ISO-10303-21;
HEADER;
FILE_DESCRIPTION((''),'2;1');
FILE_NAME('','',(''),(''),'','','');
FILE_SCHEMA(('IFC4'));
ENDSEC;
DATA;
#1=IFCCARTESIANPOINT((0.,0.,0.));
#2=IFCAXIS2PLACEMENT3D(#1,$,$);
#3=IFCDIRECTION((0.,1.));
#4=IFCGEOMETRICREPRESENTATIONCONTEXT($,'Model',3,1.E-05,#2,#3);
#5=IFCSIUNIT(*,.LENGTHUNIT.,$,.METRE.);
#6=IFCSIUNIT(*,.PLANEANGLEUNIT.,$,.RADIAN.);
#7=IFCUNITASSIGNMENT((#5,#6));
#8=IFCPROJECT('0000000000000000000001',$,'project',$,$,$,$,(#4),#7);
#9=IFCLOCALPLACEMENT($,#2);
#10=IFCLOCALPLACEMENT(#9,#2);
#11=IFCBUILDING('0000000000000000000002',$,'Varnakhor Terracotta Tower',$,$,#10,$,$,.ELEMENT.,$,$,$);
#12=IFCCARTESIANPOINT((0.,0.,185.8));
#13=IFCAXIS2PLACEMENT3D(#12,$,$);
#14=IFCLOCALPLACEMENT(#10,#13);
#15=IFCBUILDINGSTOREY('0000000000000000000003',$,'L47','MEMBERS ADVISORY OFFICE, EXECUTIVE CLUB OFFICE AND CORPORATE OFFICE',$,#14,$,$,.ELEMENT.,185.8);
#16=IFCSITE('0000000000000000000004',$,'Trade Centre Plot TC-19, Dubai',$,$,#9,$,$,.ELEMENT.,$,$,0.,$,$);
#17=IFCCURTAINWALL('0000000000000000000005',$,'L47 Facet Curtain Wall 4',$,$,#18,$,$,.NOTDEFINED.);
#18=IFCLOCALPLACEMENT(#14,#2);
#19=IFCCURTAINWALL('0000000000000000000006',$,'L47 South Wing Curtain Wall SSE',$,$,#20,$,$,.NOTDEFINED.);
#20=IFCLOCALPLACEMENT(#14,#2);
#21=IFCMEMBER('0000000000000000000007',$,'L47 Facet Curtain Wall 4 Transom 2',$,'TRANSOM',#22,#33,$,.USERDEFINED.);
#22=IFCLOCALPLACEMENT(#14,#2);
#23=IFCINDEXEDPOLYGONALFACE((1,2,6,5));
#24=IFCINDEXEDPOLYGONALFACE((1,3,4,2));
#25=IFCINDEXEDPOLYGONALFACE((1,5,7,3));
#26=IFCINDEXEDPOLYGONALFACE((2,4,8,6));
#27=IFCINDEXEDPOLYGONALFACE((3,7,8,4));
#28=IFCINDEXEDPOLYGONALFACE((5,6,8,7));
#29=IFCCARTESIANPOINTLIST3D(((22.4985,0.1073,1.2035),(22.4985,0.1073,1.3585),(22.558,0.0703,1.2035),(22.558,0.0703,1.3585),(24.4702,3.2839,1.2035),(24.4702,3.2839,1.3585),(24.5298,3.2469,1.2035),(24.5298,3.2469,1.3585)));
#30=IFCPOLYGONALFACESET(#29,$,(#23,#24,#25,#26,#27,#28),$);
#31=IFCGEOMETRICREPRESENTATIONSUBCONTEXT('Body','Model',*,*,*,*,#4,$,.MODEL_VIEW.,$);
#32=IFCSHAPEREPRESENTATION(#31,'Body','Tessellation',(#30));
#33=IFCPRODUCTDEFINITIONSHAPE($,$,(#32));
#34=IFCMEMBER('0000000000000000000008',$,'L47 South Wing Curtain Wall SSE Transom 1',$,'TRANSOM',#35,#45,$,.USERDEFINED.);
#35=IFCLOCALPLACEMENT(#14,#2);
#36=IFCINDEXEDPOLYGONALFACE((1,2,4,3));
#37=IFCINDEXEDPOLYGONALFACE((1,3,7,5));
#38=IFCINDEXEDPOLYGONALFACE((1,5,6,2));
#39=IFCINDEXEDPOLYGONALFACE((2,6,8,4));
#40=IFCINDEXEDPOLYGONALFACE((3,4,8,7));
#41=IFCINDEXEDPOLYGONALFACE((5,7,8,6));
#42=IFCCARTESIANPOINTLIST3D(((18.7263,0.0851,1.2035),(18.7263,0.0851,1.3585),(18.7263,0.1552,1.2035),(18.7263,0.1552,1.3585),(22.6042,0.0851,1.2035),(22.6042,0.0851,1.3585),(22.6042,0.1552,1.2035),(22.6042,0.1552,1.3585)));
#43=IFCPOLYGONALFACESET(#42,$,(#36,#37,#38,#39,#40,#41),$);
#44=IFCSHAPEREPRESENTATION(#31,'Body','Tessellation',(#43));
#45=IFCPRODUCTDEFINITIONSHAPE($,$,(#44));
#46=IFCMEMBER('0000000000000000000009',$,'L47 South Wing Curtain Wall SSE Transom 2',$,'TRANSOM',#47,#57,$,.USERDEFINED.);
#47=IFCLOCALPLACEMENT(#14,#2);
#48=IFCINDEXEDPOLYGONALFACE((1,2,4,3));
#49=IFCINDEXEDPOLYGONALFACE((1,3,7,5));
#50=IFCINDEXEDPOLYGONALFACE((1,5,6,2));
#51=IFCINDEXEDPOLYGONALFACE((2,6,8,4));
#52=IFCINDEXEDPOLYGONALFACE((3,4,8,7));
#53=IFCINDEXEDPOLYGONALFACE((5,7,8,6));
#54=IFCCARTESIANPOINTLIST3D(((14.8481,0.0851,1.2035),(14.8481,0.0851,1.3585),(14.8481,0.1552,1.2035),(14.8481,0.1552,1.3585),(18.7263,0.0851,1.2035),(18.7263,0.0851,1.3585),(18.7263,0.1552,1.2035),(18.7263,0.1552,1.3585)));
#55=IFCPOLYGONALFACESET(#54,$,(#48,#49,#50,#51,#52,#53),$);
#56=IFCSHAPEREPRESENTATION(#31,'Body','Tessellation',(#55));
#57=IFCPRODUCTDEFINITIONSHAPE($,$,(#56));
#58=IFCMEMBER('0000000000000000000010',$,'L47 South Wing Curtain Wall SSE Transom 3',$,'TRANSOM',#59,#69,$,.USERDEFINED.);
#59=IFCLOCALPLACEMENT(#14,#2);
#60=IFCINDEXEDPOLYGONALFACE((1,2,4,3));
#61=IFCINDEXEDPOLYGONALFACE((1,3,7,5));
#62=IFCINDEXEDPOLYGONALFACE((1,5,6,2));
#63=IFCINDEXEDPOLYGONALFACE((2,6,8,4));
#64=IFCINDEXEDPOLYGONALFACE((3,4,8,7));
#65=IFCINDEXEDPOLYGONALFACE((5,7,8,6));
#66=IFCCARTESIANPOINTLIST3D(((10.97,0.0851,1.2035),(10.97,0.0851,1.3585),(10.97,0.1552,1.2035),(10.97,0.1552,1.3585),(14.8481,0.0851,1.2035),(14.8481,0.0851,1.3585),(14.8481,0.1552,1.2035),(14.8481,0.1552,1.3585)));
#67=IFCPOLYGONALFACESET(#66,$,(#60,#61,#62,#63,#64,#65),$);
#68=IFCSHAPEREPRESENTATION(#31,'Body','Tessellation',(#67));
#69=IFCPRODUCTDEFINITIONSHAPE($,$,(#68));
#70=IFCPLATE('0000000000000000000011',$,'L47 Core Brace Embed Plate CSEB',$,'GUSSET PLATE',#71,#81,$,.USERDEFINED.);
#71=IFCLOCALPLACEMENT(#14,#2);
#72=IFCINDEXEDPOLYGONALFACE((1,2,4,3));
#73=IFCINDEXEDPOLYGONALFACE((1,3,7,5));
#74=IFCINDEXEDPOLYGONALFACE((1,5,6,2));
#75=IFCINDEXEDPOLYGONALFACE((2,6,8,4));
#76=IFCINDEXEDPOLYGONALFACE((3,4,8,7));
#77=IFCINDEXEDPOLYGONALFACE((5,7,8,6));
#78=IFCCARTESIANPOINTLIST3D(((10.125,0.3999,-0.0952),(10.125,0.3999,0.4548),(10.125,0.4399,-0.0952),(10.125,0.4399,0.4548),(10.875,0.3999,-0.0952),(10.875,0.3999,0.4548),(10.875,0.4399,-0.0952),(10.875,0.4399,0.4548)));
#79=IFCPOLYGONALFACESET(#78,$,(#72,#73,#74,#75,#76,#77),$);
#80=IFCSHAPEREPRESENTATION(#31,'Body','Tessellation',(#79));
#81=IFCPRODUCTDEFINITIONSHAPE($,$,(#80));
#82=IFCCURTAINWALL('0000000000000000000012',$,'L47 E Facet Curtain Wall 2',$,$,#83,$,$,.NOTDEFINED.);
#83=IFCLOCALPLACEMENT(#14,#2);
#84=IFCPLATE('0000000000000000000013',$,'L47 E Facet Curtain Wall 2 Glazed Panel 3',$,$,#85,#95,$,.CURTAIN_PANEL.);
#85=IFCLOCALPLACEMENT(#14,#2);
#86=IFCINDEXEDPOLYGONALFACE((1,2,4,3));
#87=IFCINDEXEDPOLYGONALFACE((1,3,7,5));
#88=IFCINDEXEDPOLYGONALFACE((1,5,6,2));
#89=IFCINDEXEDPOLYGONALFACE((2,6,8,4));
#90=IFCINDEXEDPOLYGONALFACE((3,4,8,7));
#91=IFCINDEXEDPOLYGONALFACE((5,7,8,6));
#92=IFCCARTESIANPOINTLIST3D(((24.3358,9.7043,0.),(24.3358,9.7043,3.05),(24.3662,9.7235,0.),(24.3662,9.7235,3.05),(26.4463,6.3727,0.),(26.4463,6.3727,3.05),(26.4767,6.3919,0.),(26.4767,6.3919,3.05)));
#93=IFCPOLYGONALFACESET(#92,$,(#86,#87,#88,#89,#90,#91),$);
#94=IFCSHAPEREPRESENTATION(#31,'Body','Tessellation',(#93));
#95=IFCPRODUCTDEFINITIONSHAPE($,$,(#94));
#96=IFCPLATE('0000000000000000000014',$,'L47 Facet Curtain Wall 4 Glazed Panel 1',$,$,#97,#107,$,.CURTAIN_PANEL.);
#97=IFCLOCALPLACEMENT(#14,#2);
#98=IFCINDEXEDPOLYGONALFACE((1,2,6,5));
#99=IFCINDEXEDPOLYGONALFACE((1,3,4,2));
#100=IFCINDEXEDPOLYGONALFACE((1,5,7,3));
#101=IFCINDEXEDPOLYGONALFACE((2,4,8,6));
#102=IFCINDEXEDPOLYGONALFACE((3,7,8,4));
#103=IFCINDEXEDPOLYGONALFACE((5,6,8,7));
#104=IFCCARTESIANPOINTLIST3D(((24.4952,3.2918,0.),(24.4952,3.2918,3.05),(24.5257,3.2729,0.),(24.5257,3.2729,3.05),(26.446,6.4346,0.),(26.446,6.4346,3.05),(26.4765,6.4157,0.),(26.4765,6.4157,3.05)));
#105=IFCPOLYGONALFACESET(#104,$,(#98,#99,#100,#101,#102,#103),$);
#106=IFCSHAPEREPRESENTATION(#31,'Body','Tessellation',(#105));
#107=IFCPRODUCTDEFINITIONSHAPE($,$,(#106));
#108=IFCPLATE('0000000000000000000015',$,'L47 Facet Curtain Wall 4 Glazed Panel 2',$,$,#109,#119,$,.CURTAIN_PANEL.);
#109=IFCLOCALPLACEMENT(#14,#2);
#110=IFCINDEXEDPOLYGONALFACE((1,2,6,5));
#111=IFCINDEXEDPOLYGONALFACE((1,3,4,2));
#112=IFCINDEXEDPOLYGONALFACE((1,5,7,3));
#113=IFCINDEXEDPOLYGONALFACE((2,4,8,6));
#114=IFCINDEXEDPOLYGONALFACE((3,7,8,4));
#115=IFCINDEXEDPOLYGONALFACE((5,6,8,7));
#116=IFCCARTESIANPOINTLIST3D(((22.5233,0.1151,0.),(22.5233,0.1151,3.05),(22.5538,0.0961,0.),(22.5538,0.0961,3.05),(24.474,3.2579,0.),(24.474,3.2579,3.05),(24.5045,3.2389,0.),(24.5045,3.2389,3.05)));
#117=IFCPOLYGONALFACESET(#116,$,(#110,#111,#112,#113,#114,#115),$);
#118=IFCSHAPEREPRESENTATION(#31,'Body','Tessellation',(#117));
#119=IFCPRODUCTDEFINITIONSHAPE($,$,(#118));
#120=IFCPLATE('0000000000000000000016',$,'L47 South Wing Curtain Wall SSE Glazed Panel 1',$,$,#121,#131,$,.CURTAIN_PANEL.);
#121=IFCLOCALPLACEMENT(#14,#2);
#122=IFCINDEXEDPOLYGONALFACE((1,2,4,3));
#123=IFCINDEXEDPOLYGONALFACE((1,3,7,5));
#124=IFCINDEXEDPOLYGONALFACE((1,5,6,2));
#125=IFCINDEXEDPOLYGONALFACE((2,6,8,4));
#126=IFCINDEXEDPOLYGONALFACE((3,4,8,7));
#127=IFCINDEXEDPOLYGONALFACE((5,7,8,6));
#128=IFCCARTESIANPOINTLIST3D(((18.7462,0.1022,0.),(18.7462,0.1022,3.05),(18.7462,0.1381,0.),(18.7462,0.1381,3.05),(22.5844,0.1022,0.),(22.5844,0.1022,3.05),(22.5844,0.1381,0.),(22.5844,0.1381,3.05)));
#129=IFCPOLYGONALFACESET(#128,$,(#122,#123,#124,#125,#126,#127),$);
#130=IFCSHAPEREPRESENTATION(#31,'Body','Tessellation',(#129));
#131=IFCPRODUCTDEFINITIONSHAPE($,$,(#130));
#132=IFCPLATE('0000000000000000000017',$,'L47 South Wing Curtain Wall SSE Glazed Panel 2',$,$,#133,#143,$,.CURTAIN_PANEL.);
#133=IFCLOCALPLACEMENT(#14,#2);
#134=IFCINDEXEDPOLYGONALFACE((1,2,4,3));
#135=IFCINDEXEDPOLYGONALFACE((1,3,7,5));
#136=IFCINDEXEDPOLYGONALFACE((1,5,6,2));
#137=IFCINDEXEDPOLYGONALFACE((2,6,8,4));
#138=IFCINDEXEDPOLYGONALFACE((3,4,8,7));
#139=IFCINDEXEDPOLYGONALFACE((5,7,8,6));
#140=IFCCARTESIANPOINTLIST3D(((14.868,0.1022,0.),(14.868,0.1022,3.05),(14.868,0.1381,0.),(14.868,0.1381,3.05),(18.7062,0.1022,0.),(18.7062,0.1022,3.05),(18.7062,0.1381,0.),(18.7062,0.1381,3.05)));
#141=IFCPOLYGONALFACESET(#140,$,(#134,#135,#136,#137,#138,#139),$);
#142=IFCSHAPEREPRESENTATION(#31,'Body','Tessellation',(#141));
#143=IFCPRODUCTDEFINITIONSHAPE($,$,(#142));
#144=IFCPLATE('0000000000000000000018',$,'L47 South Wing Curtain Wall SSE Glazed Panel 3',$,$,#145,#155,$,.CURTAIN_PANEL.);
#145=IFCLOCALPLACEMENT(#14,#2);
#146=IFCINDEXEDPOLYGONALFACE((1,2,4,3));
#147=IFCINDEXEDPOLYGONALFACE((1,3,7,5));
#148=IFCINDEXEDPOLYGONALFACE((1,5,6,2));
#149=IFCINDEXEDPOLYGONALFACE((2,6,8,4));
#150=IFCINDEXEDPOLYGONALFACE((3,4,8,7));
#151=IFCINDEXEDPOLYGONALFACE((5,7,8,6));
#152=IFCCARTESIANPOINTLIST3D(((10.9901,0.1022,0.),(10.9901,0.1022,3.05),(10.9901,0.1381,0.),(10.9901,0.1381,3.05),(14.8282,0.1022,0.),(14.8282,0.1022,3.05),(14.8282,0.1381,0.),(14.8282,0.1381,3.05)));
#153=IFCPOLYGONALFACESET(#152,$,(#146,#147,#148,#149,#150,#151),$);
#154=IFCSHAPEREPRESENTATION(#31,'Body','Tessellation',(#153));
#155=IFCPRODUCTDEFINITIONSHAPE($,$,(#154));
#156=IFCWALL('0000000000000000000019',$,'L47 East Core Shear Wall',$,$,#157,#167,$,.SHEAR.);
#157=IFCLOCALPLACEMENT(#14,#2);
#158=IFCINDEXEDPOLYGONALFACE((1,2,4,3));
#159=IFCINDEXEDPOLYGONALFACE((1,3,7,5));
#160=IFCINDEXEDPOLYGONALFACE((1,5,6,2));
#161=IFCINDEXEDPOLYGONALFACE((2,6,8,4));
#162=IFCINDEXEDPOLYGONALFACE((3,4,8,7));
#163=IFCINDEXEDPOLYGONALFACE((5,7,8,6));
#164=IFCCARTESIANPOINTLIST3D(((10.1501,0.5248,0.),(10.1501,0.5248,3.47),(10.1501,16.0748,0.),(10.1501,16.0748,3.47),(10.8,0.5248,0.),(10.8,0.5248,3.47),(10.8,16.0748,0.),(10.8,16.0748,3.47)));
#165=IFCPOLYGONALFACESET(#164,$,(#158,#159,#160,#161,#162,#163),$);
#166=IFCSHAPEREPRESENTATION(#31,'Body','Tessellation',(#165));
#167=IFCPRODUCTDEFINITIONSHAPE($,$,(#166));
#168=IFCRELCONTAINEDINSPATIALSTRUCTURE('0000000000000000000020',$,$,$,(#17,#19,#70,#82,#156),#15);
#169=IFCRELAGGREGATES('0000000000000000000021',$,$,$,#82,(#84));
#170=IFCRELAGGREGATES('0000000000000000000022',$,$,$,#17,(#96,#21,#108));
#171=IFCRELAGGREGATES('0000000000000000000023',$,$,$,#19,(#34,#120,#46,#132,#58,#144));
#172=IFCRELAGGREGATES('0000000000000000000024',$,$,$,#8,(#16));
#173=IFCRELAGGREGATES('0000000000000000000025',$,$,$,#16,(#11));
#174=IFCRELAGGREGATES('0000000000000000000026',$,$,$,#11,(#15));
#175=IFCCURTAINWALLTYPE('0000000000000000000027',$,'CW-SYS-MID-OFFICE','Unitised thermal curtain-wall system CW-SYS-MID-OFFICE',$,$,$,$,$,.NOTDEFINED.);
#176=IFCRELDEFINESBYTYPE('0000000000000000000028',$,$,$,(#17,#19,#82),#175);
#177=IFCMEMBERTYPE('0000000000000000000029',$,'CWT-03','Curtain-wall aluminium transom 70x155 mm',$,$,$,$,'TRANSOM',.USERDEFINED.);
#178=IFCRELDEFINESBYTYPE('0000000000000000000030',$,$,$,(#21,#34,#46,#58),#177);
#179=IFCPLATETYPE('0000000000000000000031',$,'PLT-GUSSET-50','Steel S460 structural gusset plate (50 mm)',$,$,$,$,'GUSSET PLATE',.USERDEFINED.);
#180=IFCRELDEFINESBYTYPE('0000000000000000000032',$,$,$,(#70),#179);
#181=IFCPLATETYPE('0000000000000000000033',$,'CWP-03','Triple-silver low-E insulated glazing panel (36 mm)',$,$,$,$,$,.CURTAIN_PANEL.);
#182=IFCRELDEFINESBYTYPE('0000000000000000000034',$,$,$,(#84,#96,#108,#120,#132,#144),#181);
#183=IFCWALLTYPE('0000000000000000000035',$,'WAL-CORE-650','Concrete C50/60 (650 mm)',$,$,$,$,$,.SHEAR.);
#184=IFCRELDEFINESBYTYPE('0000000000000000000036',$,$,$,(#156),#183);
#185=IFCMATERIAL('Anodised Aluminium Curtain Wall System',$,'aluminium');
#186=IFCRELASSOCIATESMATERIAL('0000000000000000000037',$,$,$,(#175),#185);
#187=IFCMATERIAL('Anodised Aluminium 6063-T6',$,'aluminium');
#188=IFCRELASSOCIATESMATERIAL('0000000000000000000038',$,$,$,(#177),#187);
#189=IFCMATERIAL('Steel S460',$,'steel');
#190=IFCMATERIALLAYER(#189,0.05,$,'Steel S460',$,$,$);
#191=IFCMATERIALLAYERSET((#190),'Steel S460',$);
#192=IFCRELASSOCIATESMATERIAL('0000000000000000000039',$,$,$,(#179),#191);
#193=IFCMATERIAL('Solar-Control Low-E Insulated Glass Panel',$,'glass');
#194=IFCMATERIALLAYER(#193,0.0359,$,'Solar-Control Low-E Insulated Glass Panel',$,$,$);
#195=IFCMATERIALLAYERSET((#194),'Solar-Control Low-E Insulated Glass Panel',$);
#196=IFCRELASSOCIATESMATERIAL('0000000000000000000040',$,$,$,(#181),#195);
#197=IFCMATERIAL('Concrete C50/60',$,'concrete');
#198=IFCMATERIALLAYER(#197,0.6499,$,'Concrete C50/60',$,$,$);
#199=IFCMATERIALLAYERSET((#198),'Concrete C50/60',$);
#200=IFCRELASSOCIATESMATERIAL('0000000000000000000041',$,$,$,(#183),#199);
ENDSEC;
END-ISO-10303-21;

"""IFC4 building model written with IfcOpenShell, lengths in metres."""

from ifc_helpers import new_model, si_unit, direction, frame, frame_2d, origin, origin_2d, place, context, subcontext, project, spatial, rectangle, extrude, source, transform, mapped, material, layer, layer_set, material_profile, profile_set, type_object, type_shapes, element, aggregate, save


model = new_model("IFC4")

# Units and contexts
model_context = context("Model", 3, precision=1e-05, world=origin(), true_north=direction((0.0, 1.0)))
body_context = subcontext(model_context, "Body", "Model", "MODEL_VIEW")
ifc_project = project(units=[si_unit("LENGTHUNIT", "METRE"), si_unit("PLANEANGLEUNIT", "RADIAN")], contexts=[model_context])

# Site, building, storey
site_placement = place(None, origin())
site = spatial("IfcSite", under=ifc_project, at=site_placement, Name="Trade Centre Plot TC-19, Dubai", CompositionType="ELEMENT", RefElevation=0.0)
building_placement = place(site_placement, origin())
building = spatial("IfcBuilding", under=site, at=building_placement, Name="Varnakhor Terracotta Tower", CompositionType="ELEMENT")
storey_placement = place(building_placement, frame((0.0, 0.0, 185.8)))
storey = spatial("IfcBuildingStorey", under=building, at=storey_placement, Name="L47", Description="MEMBERS ADVISORY OFFICE, EXECUTIVE CLUB OFFICE AND CORPORATE OFFICE", CompositionType="ELEMENT", Elevation=185.8)

# Shared definitions
ifc_material_1 = material(Name="Concrete C50/60", Category="concrete")
ifc_material_2 = material(Name="Steel S460", Category="steel")

# Curtain walls
ifc_material_3 = material(Name="Anodised Aluminium Curtain Wall System", Category="aluminium")
curtain_wall_type = type_object("IfcCurtainWallType", Name="CW-SYS-MID-OFFICE", Description="Unitised thermal curtain-wall system CW-SYS-MID-OFFICE", PredefinedType="NOTDEFINED", material=ifc_material_3)
curtain_wall_1_placement = place(storey_placement, origin())
curtain_wall_1 = element("IfcCurtainWall", 1, at=curtain_wall_1_placement, inside=storey, type_object=curtain_wall_type, Name="L47 Facet Curtain Wall 4", PredefinedType="NOTDEFINED")
ifc_material_4 = material(Name="Anodised Aluminium 6063-T6", Category="aluminium")
curtain_wall_2_placement = place(storey_placement, origin())
curtain_wall_2 = element("IfcCurtainWall", 2, at=curtain_wall_2_placement, inside=storey, type_object=curtain_wall_type, Name="L47 South Wing Curtain Wall SSE", PredefinedType="NOTDEFINED")

# Members
ifc_material_profile_1 = material_profile(ifc_material_4, rectangle(XDim=0.0701, YDim=0.155, at=origin_2d()), Name="ALU TRANSOM 70x155")
ifc_profile_set_1 = profile_set([ifc_material_profile_1], Name="Anodised Aluminium 6063-T6")
member_type_1 = type_object("IfcMemberType", Name="CWT-03", Description="Curtain-wall aluminium transom 70x155 mm", ElementType="TRANSOM", PredefinedType="USERDEFINED", material=ifc_profile_set_1)
shared_shape_1 = source(origin(), body_context, "Body", "SweptSolid", [
    extrude(rectangle(XDim=0.0701, YDim=0.155, at=origin_2d()), origin(), (0.0, 0.0, 1.0), 3.7388),
])
member_1_placement = place(storey_placement, frame((24.5, 3.2654, 1.281), z_axis=(-0.527373, -0.849634, 0.0), x_axis=(0.849634, -0.527373, 0.0)))
member_1 = element("IfcMember", 3, at=member_1_placement, type_object=member_type_1, Name="L47 Facet Curtain Wall 4 Transom 2", ObjectType="TRANSOM", PredefinedType="USERDEFINED", context=body_context, shape_type="MappedRepresentation", body=[
    mapped(shared_shape_1, transform((0.0, 0.0, 0.0), scale=1.0)),
])
shared_shape_2 = source(origin(), body_context, "Body", "SweptSolid", [
    extrude(rectangle(XDim=0.0701, YDim=0.155, at=origin_2d()), origin(), (0.0, 0.0, 1.0), 3.8779),
])
member_2_placement = place(storey_placement, frame((22.6042, 0.1201, 1.281), z_axis=(-1.0, 0.0, 0.0), x_axis=(0.0, -1.0, 0.0)))
member_2 = element("IfcMember", 4, at=member_2_placement, type_object=member_type_1, Name="L47 South Wing Curtain Wall SSE Transom 1", ObjectType="TRANSOM", PredefinedType="USERDEFINED", context=body_context, shape_type="MappedRepresentation", body=[
    mapped(shared_shape_2, transform((0.0, 0.0, 0.0), scale=1.0)),
])
shared_shape_3 = source(origin(), body_context, "Body", "SweptSolid", [
    extrude(rectangle(XDim=0.0701, YDim=0.155, at=origin_2d()), origin(), (0.0, 0.0, 1.0), 3.8782),
])
member_3_placement = place(storey_placement, frame((18.7263, 0.1201, 1.281), z_axis=(-1.0, 0.0, 0.0), x_axis=(0.0, -1.0, 0.0)))
member_3 = element("IfcMember", 5, at=member_3_placement, type_object=member_type_1, Name="L47 South Wing Curtain Wall SSE Transom 2", ObjectType="TRANSOM", PredefinedType="USERDEFINED", context=body_context, shape_type="MappedRepresentation", body=[
    mapped(shared_shape_3, transform((0.0, 0.0, 0.0), scale=1.0)),
])
member_4_placement = place(storey_placement, frame((14.8481, 0.1201, 1.281), z_axis=(-1.0, 0.0, 0.0), x_axis=(0.0, -1.0, 0.0)))
member_4 = element("IfcMember", 6, at=member_4_placement, type_object=member_type_1, Name="L47 South Wing Curtain Wall SSE Transom 3", ObjectType="TRANSOM", PredefinedType="USERDEFINED", context=body_context, shape_type="MappedRepresentation", body=[
    mapped(shared_shape_3, transform((0.0, 0.0, 0.0), scale=1.0)),
])

# Plate
ifc_layer_1 = layer(ifc_material_2, 0.05, Name="Steel S460")
ifc_layer_set_1 = layer_set([ifc_layer_1], Name="Steel S460")
plate_type_1 = type_object("IfcPlateType", Name="PLT-GUSSET-50", Description="Steel S460 structural gusset plate (50 mm)", ElementType="GUSSET PLATE", PredefinedType="USERDEFINED", material=ifc_layer_set_1)
shared_shape_4 = source(origin(), body_context, "Body", "SweptSolid", [
    extrude(rectangle(XDim=0.75, YDim=0.04, at=origin_2d()), origin(), (0.0, 0.0, 1.0), 0.55),
])
type_shapes(plate_type_1, [shared_shape_4])
plate_1_placement = place(storey_placement, frame((10.5, 0.4199, -0.0952), z_axis=(0.0, 0.0, 1.0), x_axis=(1.0, 0.0, 0.0)))
element("IfcPlate", 7, at=plate_1_placement, inside=storey, type_object=plate_type_1, Name="L47 Core Brace Embed Plate CSEB", ObjectType="GUSSET PLATE", PredefinedType="USERDEFINED", context=body_context, shape_type="MappedRepresentation", body=[
    mapped(shared_shape_4, transform((0.0, 0.0, 0.0), scale=1.0)),
])

# Curtain wall, plate
curtain_wall_3_placement = place(storey_placement, origin())
curtain_wall_3 = element("IfcCurtainWall", 8, at=curtain_wall_3_placement, inside=storey, type_object=curtain_wall_type, Name="L47 E Facet Curtain Wall 2", PredefinedType="NOTDEFINED")
ifc_material_5 = material(Name="Solar-Control Low-E Insulated Glass Panel", Category="glass")
ifc_layer_2 = layer(ifc_material_5, 0.0359, Name="Solar-Control Low-E Insulated Glass Panel")
ifc_layer_set_2 = layer_set([ifc_layer_2], Name="Solar-Control Low-E Insulated Glass Panel")
plate_type_2 = type_object("IfcPlateType", Name="CWP-03", Description="Triple-silver low-E insulated glazing panel (36 mm)", PredefinedType="CURTAIN_PANEL", material=ifc_layer_set_2)
shared_shape_5 = source(origin(), body_context, "Body", "SweptSolid", [
    extrude(rectangle(XDim=3.9438, YDim=0.0359, at=origin_2d()), origin(), (0.0, 0.0, 1.0), 3.05),
])
plate_2_placement = place(storey_placement, frame((25.4062, 8.0481, 0.0), z_axis=(0.0, 0.0, 1.0), x_axis=(0.535134, -0.844767, 0.0)))
plate_2 = element("IfcPlate", 9, at=plate_2_placement, type_object=plate_type_2, Name="L47 E Facet Curtain Wall 2 Glazed Panel 3", PredefinedType="CURTAIN_PANEL", context=body_context, shape_type="MappedRepresentation", body=[
    mapped(shared_shape_5, transform((0.0, 0.0, 0.0), scale=1.0)),
])
aggregate(curtain_wall_3, [plate_2])

# Plates
shared_shape_6 = source(origin(), body_context, "Body", "SweptSolid", [
    extrude(rectangle(XDim=3.699, YDim=0.0359, at=origin_2d()), origin(), (0.0, 0.0, 1.0), 3.05),
])
plate_3_placement = place(storey_placement, frame((25.4858, 4.8538, 0.0), z_axis=(0.0, 0.0, 1.0), x_axis=(-0.527371, -0.849635, 0.0)))
plate_3 = element("IfcPlate", 10, at=plate_3_placement, type_object=plate_type_2, Name="L47 Facet Curtain Wall 4 Glazed Panel 1", PredefinedType="CURTAIN_PANEL", context=body_context, shape_type="MappedRepresentation", body=[
    mapped(shared_shape_6, transform((0.0, 0.0, 0.0), scale=1.0)),
])
plate_4_placement = place(storey_placement, frame((23.5139, 1.677, 0.0), z_axis=(0.0, 0.0, 1.0), x_axis=(-0.527371, -0.849635, 0.0)))
plate_4 = element("IfcPlate", 11, at=plate_4_placement, type_object=plate_type_2, Name="L47 Facet Curtain Wall 4 Glazed Panel 2", PredefinedType="CURTAIN_PANEL", context=body_context, shape_type="MappedRepresentation", body=[
    mapped(shared_shape_6, transform((0.0, 0.0, 0.0), scale=1.0)),
])
aggregate(curtain_wall_1, [plate_3, member_1, plate_4])
shared_shape_7 = source(origin(), body_context, "Body", "SweptSolid", [
    extrude(rectangle(XDim=3.8381, YDim=0.0359, at=origin_2d()), origin(), (0.0, 0.0, 1.0), 3.05),
])
plate_5_placement = place(storey_placement, frame((20.6653, 0.1201, 0.0), z_axis=(0.0, 0.0, 1.0), x_axis=(-1.0, 0.0, 0.0)))
plate_5 = element("IfcPlate", 12, at=plate_5_placement, type_object=plate_type_2, Name="L47 South Wing Curtain Wall SSE Glazed Panel 1", PredefinedType="CURTAIN_PANEL", context=body_context, shape_type="MappedRepresentation", body=[
    mapped(shared_shape_7, transform((0.0, 0.0, 0.0), scale=1.0)),
])
plate_6_placement = place(storey_placement, frame((16.7871, 0.1201, 0.0), z_axis=(0.0, 0.0, 1.0), x_axis=(-1.0, 0.0, 0.0)))
plate_6 = element("IfcPlate", 13, at=plate_6_placement, type_object=plate_type_2, Name="L47 South Wing Curtain Wall SSE Glazed Panel 2", PredefinedType="CURTAIN_PANEL", context=body_context, shape_type="MappedRepresentation", body=[
    mapped(shared_shape_7, transform((0.0, 0.0, 0.0), scale=1.0)),
])
plate_7_placement = place(storey_placement, frame((12.9092, 0.1201, 0.0), z_axis=(0.0, 0.0, 1.0), x_axis=(-1.0, 0.0, 0.0)))
plate_7 = element("IfcPlate", 14, at=plate_7_placement, type_object=plate_type_2, Name="L47 South Wing Curtain Wall SSE Glazed Panel 3", PredefinedType="CURTAIN_PANEL", context=body_context, shape_type="MappedRepresentation", body=[
    mapped(shared_shape_7, transform((0.0, 0.0, 0.0), scale=1.0)),
])
aggregate(curtain_wall_2, [member_2, plate_5, member_3, plate_6, member_4, plate_7])

# Wall
ifc_layer_3 = layer(ifc_material_1, 0.6499, Name="Concrete C50/60")
ifc_layer_set_3 = layer_set([ifc_layer_3], Name="Concrete C50/60")
wall_type = type_object("IfcWallType", Name="WAL-CORE-650", Description="Concrete C50/60 (650 mm)", PredefinedType="SHEAR", material=ifc_layer_set_3)
wall_placement = place(storey_placement, frame((10.4751, 0.5249, 0.0), z_axis=(0.0, 0.0, 1.0), x_axis=(0.0, 1.0, 0.0)))
element("IfcWall", 15, at=wall_placement, inside=storey, type_object=wall_type, Name="L47 East Core Shear Wall", PredefinedType="SHEAR", context=body_context, shape_type="SweptSolid", body=[
    extrude(rectangle(XDim=15.55, YDim=0.6499, at=frame_2d((7.7749, 0.0))), origin(), (0.0, 0.0, 1.0), 3.47),
])

save(model, "model.ifc")
